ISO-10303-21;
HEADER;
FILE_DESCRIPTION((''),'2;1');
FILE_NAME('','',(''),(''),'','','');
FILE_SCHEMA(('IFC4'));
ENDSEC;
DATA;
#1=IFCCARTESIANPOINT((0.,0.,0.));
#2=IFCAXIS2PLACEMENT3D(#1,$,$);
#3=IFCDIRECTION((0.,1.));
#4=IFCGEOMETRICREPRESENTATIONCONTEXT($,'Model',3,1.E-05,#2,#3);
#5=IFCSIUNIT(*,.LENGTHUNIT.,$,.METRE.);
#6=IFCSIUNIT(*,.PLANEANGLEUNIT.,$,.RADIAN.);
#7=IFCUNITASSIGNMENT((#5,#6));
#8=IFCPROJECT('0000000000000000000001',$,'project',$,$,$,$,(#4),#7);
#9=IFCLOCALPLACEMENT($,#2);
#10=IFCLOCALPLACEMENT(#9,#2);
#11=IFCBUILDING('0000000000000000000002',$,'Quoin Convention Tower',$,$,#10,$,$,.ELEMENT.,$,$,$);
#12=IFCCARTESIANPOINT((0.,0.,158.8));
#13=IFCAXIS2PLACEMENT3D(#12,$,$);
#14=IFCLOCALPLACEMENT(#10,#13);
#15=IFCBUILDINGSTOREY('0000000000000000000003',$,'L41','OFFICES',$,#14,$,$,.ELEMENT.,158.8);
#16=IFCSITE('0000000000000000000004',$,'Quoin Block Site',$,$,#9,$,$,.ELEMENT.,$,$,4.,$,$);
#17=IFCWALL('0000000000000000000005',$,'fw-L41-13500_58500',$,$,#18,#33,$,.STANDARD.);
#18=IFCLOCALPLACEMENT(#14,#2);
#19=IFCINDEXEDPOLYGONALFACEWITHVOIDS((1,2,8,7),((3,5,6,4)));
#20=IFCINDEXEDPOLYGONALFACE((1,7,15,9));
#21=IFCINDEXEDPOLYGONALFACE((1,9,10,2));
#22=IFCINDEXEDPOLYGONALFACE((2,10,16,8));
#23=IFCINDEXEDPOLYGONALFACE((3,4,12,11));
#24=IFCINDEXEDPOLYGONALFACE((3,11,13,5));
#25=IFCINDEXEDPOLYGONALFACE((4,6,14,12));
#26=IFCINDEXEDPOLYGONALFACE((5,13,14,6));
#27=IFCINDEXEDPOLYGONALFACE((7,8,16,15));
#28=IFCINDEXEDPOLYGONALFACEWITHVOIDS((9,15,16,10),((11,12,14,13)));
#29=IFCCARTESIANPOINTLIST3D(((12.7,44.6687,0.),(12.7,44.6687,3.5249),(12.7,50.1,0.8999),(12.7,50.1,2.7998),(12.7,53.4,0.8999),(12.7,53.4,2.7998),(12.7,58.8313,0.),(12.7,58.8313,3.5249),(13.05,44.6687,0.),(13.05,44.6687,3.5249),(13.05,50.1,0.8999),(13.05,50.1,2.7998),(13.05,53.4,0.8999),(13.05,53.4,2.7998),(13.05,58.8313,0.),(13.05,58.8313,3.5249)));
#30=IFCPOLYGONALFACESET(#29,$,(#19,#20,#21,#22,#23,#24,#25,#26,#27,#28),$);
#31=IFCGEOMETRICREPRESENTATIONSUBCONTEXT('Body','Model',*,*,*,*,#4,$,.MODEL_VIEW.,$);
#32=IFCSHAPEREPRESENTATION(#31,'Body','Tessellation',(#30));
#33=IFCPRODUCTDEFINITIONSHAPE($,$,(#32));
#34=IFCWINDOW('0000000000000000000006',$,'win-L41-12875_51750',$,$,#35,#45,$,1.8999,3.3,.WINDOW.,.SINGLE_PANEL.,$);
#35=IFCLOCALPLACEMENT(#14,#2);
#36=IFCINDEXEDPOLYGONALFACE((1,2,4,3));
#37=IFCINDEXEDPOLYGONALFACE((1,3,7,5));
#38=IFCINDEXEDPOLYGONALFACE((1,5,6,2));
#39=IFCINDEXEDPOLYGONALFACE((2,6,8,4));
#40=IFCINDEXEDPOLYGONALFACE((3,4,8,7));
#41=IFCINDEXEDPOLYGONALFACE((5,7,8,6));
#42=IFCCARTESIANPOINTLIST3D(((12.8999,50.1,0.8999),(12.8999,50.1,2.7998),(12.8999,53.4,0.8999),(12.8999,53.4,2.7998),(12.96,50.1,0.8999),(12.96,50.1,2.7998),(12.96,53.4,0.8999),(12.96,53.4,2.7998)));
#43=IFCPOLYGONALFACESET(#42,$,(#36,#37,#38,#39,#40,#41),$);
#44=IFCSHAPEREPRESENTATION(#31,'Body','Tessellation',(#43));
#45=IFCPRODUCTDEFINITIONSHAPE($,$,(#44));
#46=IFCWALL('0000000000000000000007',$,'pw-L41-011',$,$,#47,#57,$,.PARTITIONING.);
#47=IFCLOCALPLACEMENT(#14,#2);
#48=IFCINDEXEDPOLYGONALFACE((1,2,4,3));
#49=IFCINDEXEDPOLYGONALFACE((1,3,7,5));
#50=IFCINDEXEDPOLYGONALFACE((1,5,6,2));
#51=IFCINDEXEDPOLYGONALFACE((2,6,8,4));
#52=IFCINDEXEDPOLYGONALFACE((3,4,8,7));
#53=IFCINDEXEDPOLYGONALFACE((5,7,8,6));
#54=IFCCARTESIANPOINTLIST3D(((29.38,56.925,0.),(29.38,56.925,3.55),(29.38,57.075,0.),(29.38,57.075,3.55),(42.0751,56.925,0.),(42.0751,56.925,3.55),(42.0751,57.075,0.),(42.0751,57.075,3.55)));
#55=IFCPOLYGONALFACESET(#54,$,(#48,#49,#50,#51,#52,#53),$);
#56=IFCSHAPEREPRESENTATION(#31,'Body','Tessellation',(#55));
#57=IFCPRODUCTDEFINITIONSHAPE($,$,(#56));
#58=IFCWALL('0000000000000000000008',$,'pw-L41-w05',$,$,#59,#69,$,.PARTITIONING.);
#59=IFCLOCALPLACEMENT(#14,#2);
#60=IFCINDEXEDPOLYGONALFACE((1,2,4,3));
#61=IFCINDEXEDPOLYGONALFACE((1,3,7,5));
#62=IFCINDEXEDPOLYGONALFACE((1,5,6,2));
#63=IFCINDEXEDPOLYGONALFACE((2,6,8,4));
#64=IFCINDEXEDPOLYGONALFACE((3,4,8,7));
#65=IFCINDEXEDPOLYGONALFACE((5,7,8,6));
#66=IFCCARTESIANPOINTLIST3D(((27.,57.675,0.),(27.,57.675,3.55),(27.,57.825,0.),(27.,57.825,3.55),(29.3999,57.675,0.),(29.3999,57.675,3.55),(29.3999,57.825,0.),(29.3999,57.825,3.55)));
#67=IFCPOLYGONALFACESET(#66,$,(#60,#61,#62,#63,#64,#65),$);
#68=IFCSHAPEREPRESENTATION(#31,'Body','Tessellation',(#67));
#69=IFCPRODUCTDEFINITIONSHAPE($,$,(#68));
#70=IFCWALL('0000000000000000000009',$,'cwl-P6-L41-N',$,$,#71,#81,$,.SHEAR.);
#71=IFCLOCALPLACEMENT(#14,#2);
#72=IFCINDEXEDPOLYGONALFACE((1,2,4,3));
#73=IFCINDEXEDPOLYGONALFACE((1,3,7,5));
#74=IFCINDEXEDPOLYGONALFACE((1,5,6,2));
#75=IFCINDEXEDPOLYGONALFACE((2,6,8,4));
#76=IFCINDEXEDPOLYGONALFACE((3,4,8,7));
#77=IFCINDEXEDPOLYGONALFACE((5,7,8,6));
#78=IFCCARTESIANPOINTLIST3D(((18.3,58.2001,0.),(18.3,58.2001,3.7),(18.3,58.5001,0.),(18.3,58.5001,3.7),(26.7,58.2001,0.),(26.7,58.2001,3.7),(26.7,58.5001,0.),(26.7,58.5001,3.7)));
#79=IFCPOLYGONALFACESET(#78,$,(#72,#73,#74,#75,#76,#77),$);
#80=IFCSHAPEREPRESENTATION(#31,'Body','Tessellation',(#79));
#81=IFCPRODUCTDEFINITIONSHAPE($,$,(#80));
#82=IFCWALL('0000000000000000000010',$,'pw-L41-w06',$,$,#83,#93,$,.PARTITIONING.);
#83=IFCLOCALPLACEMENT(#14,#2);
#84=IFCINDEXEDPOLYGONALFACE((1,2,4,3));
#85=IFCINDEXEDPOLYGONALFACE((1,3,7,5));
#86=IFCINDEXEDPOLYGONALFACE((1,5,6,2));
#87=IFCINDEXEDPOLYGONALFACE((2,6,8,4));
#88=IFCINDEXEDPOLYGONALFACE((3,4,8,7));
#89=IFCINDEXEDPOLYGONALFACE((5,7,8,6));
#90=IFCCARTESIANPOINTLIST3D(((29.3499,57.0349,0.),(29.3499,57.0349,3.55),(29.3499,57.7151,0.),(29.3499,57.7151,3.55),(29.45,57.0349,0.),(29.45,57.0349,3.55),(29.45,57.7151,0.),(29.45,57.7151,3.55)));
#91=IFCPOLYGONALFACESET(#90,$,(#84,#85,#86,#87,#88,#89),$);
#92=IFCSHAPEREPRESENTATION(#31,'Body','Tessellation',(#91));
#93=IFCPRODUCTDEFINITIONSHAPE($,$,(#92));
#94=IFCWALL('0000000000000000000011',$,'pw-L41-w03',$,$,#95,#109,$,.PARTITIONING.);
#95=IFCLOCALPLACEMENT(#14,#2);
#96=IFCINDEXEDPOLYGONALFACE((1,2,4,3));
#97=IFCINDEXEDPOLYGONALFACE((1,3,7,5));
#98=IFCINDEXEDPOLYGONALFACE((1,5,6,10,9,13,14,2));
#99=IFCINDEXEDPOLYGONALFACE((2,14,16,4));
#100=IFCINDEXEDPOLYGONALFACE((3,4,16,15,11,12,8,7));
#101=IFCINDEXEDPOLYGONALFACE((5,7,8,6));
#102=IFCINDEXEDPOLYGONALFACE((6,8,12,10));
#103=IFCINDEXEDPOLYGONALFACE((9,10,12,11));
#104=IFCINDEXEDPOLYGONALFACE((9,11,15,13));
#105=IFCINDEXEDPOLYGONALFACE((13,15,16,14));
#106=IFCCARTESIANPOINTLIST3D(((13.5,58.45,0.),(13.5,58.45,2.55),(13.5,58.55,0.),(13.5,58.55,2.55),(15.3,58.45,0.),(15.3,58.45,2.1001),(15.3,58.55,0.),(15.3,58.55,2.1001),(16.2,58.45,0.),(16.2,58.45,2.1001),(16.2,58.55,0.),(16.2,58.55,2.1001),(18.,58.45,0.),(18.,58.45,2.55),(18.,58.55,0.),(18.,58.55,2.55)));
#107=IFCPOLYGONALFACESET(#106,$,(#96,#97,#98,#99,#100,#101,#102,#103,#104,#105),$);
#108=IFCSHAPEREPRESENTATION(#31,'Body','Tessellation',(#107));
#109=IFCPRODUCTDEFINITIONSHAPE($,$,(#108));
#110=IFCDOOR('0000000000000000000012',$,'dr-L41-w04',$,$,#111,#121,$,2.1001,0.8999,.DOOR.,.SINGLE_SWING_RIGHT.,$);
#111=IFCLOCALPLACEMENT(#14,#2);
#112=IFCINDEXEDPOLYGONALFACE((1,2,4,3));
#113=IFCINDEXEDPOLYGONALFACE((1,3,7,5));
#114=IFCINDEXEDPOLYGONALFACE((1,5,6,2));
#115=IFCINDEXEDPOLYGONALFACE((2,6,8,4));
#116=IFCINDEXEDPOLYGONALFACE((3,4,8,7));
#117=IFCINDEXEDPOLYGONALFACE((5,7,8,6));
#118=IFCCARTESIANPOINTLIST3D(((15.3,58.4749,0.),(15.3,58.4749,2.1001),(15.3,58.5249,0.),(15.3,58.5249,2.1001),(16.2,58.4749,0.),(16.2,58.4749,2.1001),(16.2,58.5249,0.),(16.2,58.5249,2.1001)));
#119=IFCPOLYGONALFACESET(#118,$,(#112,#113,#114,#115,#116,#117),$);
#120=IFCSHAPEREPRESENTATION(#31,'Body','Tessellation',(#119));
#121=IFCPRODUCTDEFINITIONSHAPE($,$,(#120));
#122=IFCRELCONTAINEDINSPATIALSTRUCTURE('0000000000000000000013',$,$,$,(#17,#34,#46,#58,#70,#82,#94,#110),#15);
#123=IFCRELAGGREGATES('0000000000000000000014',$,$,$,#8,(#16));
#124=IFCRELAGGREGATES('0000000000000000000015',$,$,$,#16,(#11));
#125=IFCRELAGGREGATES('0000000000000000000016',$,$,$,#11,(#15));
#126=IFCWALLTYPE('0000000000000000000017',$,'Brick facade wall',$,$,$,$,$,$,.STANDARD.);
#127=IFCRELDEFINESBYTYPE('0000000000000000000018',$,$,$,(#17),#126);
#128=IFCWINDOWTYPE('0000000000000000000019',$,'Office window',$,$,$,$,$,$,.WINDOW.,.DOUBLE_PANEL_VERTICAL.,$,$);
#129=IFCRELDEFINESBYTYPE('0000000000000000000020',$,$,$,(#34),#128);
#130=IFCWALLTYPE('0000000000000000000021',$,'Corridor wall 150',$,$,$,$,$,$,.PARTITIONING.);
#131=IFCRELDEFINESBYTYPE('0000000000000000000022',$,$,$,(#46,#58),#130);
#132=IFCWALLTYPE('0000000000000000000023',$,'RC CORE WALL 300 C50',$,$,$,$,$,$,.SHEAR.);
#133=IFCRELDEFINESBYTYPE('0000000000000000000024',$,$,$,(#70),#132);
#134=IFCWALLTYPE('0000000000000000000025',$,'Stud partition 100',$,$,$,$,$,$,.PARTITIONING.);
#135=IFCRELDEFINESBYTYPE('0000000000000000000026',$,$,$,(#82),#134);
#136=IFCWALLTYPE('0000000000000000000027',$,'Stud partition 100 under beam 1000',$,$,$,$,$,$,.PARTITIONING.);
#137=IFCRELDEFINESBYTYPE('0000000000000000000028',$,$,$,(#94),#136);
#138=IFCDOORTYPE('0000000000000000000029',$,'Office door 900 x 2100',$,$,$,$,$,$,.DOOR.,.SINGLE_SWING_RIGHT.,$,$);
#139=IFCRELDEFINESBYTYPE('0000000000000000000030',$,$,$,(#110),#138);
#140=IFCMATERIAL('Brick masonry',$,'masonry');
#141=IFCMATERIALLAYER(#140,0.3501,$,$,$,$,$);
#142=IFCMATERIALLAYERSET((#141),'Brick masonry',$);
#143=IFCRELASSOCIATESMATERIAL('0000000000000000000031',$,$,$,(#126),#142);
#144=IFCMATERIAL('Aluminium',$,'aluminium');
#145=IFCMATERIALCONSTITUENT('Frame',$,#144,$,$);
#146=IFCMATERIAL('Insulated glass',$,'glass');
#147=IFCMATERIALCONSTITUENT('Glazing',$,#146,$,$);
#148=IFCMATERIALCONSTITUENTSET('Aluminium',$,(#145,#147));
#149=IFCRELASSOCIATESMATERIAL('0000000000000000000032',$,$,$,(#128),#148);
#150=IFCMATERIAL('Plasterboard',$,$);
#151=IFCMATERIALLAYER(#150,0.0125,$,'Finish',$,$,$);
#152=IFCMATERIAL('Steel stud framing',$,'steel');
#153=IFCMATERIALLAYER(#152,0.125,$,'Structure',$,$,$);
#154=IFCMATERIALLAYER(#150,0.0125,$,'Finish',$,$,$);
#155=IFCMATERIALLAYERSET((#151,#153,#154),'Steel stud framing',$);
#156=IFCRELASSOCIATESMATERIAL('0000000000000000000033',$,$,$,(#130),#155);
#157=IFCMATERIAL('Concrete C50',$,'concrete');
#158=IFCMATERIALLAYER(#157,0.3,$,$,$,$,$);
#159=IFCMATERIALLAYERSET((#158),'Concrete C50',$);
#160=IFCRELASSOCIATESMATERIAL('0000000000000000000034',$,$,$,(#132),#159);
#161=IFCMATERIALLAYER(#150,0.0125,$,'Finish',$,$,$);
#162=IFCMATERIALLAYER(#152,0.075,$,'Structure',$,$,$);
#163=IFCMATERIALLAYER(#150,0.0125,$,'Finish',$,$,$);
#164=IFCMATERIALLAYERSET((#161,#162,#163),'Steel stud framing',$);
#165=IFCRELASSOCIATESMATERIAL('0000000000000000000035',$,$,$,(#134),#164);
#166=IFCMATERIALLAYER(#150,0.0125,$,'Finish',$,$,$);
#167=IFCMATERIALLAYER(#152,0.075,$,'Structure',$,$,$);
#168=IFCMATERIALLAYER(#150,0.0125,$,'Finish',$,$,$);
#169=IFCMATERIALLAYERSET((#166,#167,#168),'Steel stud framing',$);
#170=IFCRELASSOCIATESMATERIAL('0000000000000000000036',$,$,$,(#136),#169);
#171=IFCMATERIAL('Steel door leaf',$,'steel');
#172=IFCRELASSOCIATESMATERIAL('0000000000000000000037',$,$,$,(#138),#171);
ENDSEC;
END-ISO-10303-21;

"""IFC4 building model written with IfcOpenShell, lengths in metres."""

from ifc_helpers import new_model, si_unit, direction, frame, frame_2d, origin, place, context, subcontext, project, spatial, rectangle, extrude, material, layer, layer_set, constituent, constituent_set, type_object, element, fill, save


model = new_model("IFC4")

# Units and contexts
model_context = context("Model", 3, precision=1e-05, world=origin(), true_north=direction((0.0, 1.0)))
body_context = subcontext(model_context, "Body", "Model", "MODEL_VIEW")
ifc_project = project(units=[si_unit("LENGTHUNIT", "METRE"), si_unit("PLANEANGLEUNIT", "RADIAN")], contexts=[model_context])

# Site, building, storey
site_placement = place(None, origin())
site = spatial("IfcSite", under=ifc_project, at=site_placement, Name="Quoin Block Site", CompositionType="ELEMENT", RefElevation=4.0)
building_placement = place(site_placement, origin())
building = spatial("IfcBuilding", under=site, at=building_placement, Name="Quoin Convention Tower", CompositionType="ELEMENT")
storey_placement = place(building_placement, frame((0.0, 0.0, 158.8)))
storey = spatial("IfcBuildingStorey", under=building, at=storey_placement, Name="L41", Description="OFFICES", CompositionType="ELEMENT", Elevation=158.8)

# Shared definitions
ifc_material_1 = material(Name="Concrete C50", Category="concrete")

# Wall, opening, window
ifc_material_2 = material(Name="Brick masonry", Category="masonry")
ifc_layer_1 = layer(ifc_material_2, 0.3501)
ifc_layer_set_1 = layer_set([ifc_layer_1], Name="Brick masonry")
wall_type_1 = type_object("IfcWallType", Name="Brick facade wall", PredefinedType="STANDARD", material=ifc_layer_set_1)
ifc_material_3 = material(Name="Aluminium", Category="aluminium")
ifc_constituent_1 = constituent(ifc_material_3, Name="Frame")
ifc_material_4 = material(Name="Insulated glass", Category="glass")
ifc_constituent_2 = constituent(ifc_material_4, Name="Glazing")
ifc_constituent_set = constituent_set(constituents=[ifc_constituent_1, ifc_constituent_2], Name="Aluminium")
window_type = type_object("IfcWindowType", Name="Office window", PartitioningType="DOUBLE_PANEL_VERTICAL", PredefinedType="WINDOW", material=ifc_constituent_set)
wall_1_placement = place(storey_placement, frame((12.875, 58.8313, 0.0), z_axis=(0.0, 0.0, 1.0), x_axis=(0.0, -1.0, 0.0)))
wall_1 = element("IfcWall", 1, at=wall_1_placement, inside=storey, type_object=wall_type_1, Name="fw-L41-13500_58500", PredefinedType="STANDARD", context=body_context, shape_type="SweptSolid", body=[
    extrude(rectangle(XDim=14.1626, YDim=0.3501, at=frame_2d((7.0813, 0.0))), origin(), (0.0, 0.0, 1.0), 3.5249),
])
opening_1_placement = place(wall_1_placement, frame((5.4314, 0.0, 0.8999)))
opening_1 = element("IfcOpeningElement", 2, at=opening_1_placement, cuts=wall_1, PredefinedType="OPENING", context=body_context, shape_type="SweptSolid", body=[
    extrude(rectangle(XDim=3.3, YDim=1.8999, at=frame_2d((1.6499, 0.95))), frame((0.0, 0.1851, 0.0), z_axis=(0.0, -1.0, 0.0), x_axis=(1.0, 0.0, 0.0)), (0.0, 0.0, 1.0), 0.3701),
])
window_1_placement = place(opening_1_placement, origin())
window_1 = element("IfcWindow", 3, at=window_1_placement, inside=storey, type_object=window_type, Name="win-L41-12875_51750", OverallHeight=1.8999, OverallWidth=3.3, PartitioningType="SINGLE_PANEL", PredefinedType="WINDOW", context=body_context, shape_type="SweptSolid", body=[
    extrude(rectangle(XDim=3.3, YDim=1.8999, at=frame_2d((1.6499, 0.95))), frame((0.0, 0.085, 0.0), z_axis=(0.0, -1.0, 0.0), x_axis=(1.0, 0.0, 0.0)), (0.0, 0.0, 1.0), 0.0601),
])
fill(opening_1, window_1)

# Walls
ifc_material_5 = material(Name="Plasterboard")
ifc_layer_2 = layer(ifc_material_5, 0.0125, Name="Finish")
ifc_material_6 = material(Name="Steel stud framing", Category="steel")
ifc_layer_3 = layer(ifc_material_6, 0.125, Name="Structure")
ifc_layer_4 = layer(ifc_material_5, 0.0125, Name="Finish")
ifc_layer_set_2 = layer_set([ifc_layer_2, ifc_layer_3, ifc_layer_4], Name="Steel stud framing")
wall_type_2 = type_object("IfcWallType", Name="Corridor wall 150", PredefinedType="PARTITIONING", material=ifc_layer_set_2)
wall_2_placement = place(storey_placement, frame((29.3799, 57.0, 0.0), z_axis=(0.0, 0.0, 1.0), x_axis=(1.0, 0.0, 0.0)))
element("IfcWall", 4, at=wall_2_placement, inside=storey, type_object=wall_type_2, Name="pw-L41-011", PredefinedType="PARTITIONING", context=body_context, shape_type="SweptSolid", body=[
    extrude(rectangle(XDim=12.6951, YDim=0.1499, at=frame_2d((6.3477, 0.0))), origin(), (0.0, 0.0, 1.0), 3.55),
])
wall_3_placement = place(storey_placement, frame((27.0, 57.75, 0.0), z_axis=(0.0, 0.0, 1.0), x_axis=(1.0, 0.0, 0.0)))
element("IfcWall", 5, at=wall_3_placement, inside=storey, type_object=wall_type_2, Name="pw-L41-w05", PredefinedType="PARTITIONING", context=body_context, shape_type="SweptSolid", body=[
    extrude(rectangle(XDim=2.3999, YDim=0.1499, at=frame_2d((1.2, 0.0))), origin(), (0.0, 0.0, 1.0), 3.55),
])
ifc_layer_5 = layer(ifc_material_1, 0.3)
ifc_layer_set_3 = layer_set([ifc_layer_5], Name="Concrete C50")
wall_type_3 = type_object("IfcWallType", Name="RC CORE WALL 300 C50", PredefinedType="SHEAR", material=ifc_layer_set_3)
wall_4_placement = place(storey_placement, frame((18.3, 58.3501, 0.0), z_axis=(0.0, 0.0, 1.0), x_axis=(1.0, 0.0, 0.0)))
element("IfcWall", 6, at=wall_4_placement, inside=storey, type_object=wall_type_3, Name="cwl-P6-L41-N", PredefinedType="SHEAR", context=body_context, shape_type="SweptSolid", body=[
    extrude(rectangle(XDim=8.3999, YDim=0.3, at=frame_2d((4.2, 0.0))), origin(), (0.0, 0.0, 1.0), 3.7),
])
ifc_layer_6 = layer(ifc_material_5, 0.0125, Name="Finish")
ifc_layer_7 = layer(ifc_material_6, 0.075, Name="Structure")
ifc_layer_8 = layer(ifc_material_5, 0.0125, Name="Finish")
ifc_layer_set_4 = layer_set([ifc_layer_6, ifc_layer_7, ifc_layer_8], Name="Steel stud framing")
wall_type_4 = type_object("IfcWallType", Name="Stud partition 100", PredefinedType="PARTITIONING", material=ifc_layer_set_4)
wall_5_placement = place(storey_placement, frame((29.3999, 57.7151, 0.0), z_axis=(0.0, 0.0, 1.0), x_axis=(0.0, -1.0, 0.0)))
element("IfcWall", 7, at=wall_5_placement, inside=storey, type_object=wall_type_4, Name="pw-L41-w06", PredefinedType="PARTITIONING", context=body_context, shape_type="SweptSolid", body=[
    extrude(rectangle(XDim=0.6802, YDim=0.1001, at=frame_2d((0.3401, 0.0))), origin(), (0.0, 0.0, 1.0), 3.55),
])

# Wall, opening, door
ifc_layer_9 = layer(ifc_material_5, 0.0125, Name="Finish")
ifc_layer_10 = layer(ifc_material_6, 0.075, Name="Structure")
ifc_layer_11 = layer(ifc_material_5, 0.0125, Name="Finish")
ifc_layer_set_5 = layer_set([ifc_layer_9, ifc_layer_10, ifc_layer_11], Name="Steel stud framing")
wall_type_5 = type_object("IfcWallType", Name="Stud partition 100 under beam 1000", PredefinedType="PARTITIONING", material=ifc_layer_set_5)
wall_6_placement = place(storey_placement, frame((13.5, 58.5, 0.0), z_axis=(0.0, 0.0, 1.0), x_axis=(1.0, 0.0, 0.0)))
wall_6 = element("IfcWall", 8, at=wall_6_placement, inside=storey, type_object=wall_type_5, Name="pw-L41-w03", PredefinedType="PARTITIONING", context=body_context, shape_type="SweptSolid", body=[
    extrude(rectangle(XDim=4.5, YDim=0.1001, at=frame_2d((2.25, 0.0))), origin(), (0.0, 0.0, 1.0), 2.55),
])
opening_2_placement = place(wall_6_placement, frame((1.8, 0.0, 0.0)))
opening_2 = element("IfcOpeningElement", 9, at=opening_2_placement, cuts=wall_6, PredefinedType="OPENING", context=body_context, shape_type="SweptSolid", body=[
    extrude(rectangle(XDim=0.8999, YDim=2.1001, at=frame_2d((0.45, 1.05))), frame((0.0, 0.0601, 0.0), z_axis=(0.0, -1.0, 0.0), x_axis=(1.0, 0.0, 0.0)), (0.0, 0.0, 1.0), 0.1201),
])
ifc_material_7 = material(Name="Steel door leaf", Category="steel")
door_type = type_object("IfcDoorType", Name="Office door 900 x 2100", OperationType="SINGLE_SWING_RIGHT", PredefinedType="DOOR", material=ifc_material_7)
door_placement = place(opening_2_placement, origin())
door = element("IfcDoor", 10, at=door_placement, inside=storey, type_object=door_type, Name="dr-L41-w04", OperationType="SINGLE_SWING_RIGHT", OverallHeight=2.1001, OverallWidth=0.8999, PredefinedType="DOOR", context=body_context, shape_type="SweptSolid", body=[
    extrude(rectangle(XDim=0.8999, YDim=2.1001, at=frame_2d((0.45, 1.05))), frame((0.0, 0.0249, 0.0), z_axis=(0.0, -1.0, 0.0), x_axis=(1.0, 0.0, 0.0)), (0.0, 0.0, 1.0), 0.05),
])
fill(opening_2, door)

save(model, "model.ifc")
